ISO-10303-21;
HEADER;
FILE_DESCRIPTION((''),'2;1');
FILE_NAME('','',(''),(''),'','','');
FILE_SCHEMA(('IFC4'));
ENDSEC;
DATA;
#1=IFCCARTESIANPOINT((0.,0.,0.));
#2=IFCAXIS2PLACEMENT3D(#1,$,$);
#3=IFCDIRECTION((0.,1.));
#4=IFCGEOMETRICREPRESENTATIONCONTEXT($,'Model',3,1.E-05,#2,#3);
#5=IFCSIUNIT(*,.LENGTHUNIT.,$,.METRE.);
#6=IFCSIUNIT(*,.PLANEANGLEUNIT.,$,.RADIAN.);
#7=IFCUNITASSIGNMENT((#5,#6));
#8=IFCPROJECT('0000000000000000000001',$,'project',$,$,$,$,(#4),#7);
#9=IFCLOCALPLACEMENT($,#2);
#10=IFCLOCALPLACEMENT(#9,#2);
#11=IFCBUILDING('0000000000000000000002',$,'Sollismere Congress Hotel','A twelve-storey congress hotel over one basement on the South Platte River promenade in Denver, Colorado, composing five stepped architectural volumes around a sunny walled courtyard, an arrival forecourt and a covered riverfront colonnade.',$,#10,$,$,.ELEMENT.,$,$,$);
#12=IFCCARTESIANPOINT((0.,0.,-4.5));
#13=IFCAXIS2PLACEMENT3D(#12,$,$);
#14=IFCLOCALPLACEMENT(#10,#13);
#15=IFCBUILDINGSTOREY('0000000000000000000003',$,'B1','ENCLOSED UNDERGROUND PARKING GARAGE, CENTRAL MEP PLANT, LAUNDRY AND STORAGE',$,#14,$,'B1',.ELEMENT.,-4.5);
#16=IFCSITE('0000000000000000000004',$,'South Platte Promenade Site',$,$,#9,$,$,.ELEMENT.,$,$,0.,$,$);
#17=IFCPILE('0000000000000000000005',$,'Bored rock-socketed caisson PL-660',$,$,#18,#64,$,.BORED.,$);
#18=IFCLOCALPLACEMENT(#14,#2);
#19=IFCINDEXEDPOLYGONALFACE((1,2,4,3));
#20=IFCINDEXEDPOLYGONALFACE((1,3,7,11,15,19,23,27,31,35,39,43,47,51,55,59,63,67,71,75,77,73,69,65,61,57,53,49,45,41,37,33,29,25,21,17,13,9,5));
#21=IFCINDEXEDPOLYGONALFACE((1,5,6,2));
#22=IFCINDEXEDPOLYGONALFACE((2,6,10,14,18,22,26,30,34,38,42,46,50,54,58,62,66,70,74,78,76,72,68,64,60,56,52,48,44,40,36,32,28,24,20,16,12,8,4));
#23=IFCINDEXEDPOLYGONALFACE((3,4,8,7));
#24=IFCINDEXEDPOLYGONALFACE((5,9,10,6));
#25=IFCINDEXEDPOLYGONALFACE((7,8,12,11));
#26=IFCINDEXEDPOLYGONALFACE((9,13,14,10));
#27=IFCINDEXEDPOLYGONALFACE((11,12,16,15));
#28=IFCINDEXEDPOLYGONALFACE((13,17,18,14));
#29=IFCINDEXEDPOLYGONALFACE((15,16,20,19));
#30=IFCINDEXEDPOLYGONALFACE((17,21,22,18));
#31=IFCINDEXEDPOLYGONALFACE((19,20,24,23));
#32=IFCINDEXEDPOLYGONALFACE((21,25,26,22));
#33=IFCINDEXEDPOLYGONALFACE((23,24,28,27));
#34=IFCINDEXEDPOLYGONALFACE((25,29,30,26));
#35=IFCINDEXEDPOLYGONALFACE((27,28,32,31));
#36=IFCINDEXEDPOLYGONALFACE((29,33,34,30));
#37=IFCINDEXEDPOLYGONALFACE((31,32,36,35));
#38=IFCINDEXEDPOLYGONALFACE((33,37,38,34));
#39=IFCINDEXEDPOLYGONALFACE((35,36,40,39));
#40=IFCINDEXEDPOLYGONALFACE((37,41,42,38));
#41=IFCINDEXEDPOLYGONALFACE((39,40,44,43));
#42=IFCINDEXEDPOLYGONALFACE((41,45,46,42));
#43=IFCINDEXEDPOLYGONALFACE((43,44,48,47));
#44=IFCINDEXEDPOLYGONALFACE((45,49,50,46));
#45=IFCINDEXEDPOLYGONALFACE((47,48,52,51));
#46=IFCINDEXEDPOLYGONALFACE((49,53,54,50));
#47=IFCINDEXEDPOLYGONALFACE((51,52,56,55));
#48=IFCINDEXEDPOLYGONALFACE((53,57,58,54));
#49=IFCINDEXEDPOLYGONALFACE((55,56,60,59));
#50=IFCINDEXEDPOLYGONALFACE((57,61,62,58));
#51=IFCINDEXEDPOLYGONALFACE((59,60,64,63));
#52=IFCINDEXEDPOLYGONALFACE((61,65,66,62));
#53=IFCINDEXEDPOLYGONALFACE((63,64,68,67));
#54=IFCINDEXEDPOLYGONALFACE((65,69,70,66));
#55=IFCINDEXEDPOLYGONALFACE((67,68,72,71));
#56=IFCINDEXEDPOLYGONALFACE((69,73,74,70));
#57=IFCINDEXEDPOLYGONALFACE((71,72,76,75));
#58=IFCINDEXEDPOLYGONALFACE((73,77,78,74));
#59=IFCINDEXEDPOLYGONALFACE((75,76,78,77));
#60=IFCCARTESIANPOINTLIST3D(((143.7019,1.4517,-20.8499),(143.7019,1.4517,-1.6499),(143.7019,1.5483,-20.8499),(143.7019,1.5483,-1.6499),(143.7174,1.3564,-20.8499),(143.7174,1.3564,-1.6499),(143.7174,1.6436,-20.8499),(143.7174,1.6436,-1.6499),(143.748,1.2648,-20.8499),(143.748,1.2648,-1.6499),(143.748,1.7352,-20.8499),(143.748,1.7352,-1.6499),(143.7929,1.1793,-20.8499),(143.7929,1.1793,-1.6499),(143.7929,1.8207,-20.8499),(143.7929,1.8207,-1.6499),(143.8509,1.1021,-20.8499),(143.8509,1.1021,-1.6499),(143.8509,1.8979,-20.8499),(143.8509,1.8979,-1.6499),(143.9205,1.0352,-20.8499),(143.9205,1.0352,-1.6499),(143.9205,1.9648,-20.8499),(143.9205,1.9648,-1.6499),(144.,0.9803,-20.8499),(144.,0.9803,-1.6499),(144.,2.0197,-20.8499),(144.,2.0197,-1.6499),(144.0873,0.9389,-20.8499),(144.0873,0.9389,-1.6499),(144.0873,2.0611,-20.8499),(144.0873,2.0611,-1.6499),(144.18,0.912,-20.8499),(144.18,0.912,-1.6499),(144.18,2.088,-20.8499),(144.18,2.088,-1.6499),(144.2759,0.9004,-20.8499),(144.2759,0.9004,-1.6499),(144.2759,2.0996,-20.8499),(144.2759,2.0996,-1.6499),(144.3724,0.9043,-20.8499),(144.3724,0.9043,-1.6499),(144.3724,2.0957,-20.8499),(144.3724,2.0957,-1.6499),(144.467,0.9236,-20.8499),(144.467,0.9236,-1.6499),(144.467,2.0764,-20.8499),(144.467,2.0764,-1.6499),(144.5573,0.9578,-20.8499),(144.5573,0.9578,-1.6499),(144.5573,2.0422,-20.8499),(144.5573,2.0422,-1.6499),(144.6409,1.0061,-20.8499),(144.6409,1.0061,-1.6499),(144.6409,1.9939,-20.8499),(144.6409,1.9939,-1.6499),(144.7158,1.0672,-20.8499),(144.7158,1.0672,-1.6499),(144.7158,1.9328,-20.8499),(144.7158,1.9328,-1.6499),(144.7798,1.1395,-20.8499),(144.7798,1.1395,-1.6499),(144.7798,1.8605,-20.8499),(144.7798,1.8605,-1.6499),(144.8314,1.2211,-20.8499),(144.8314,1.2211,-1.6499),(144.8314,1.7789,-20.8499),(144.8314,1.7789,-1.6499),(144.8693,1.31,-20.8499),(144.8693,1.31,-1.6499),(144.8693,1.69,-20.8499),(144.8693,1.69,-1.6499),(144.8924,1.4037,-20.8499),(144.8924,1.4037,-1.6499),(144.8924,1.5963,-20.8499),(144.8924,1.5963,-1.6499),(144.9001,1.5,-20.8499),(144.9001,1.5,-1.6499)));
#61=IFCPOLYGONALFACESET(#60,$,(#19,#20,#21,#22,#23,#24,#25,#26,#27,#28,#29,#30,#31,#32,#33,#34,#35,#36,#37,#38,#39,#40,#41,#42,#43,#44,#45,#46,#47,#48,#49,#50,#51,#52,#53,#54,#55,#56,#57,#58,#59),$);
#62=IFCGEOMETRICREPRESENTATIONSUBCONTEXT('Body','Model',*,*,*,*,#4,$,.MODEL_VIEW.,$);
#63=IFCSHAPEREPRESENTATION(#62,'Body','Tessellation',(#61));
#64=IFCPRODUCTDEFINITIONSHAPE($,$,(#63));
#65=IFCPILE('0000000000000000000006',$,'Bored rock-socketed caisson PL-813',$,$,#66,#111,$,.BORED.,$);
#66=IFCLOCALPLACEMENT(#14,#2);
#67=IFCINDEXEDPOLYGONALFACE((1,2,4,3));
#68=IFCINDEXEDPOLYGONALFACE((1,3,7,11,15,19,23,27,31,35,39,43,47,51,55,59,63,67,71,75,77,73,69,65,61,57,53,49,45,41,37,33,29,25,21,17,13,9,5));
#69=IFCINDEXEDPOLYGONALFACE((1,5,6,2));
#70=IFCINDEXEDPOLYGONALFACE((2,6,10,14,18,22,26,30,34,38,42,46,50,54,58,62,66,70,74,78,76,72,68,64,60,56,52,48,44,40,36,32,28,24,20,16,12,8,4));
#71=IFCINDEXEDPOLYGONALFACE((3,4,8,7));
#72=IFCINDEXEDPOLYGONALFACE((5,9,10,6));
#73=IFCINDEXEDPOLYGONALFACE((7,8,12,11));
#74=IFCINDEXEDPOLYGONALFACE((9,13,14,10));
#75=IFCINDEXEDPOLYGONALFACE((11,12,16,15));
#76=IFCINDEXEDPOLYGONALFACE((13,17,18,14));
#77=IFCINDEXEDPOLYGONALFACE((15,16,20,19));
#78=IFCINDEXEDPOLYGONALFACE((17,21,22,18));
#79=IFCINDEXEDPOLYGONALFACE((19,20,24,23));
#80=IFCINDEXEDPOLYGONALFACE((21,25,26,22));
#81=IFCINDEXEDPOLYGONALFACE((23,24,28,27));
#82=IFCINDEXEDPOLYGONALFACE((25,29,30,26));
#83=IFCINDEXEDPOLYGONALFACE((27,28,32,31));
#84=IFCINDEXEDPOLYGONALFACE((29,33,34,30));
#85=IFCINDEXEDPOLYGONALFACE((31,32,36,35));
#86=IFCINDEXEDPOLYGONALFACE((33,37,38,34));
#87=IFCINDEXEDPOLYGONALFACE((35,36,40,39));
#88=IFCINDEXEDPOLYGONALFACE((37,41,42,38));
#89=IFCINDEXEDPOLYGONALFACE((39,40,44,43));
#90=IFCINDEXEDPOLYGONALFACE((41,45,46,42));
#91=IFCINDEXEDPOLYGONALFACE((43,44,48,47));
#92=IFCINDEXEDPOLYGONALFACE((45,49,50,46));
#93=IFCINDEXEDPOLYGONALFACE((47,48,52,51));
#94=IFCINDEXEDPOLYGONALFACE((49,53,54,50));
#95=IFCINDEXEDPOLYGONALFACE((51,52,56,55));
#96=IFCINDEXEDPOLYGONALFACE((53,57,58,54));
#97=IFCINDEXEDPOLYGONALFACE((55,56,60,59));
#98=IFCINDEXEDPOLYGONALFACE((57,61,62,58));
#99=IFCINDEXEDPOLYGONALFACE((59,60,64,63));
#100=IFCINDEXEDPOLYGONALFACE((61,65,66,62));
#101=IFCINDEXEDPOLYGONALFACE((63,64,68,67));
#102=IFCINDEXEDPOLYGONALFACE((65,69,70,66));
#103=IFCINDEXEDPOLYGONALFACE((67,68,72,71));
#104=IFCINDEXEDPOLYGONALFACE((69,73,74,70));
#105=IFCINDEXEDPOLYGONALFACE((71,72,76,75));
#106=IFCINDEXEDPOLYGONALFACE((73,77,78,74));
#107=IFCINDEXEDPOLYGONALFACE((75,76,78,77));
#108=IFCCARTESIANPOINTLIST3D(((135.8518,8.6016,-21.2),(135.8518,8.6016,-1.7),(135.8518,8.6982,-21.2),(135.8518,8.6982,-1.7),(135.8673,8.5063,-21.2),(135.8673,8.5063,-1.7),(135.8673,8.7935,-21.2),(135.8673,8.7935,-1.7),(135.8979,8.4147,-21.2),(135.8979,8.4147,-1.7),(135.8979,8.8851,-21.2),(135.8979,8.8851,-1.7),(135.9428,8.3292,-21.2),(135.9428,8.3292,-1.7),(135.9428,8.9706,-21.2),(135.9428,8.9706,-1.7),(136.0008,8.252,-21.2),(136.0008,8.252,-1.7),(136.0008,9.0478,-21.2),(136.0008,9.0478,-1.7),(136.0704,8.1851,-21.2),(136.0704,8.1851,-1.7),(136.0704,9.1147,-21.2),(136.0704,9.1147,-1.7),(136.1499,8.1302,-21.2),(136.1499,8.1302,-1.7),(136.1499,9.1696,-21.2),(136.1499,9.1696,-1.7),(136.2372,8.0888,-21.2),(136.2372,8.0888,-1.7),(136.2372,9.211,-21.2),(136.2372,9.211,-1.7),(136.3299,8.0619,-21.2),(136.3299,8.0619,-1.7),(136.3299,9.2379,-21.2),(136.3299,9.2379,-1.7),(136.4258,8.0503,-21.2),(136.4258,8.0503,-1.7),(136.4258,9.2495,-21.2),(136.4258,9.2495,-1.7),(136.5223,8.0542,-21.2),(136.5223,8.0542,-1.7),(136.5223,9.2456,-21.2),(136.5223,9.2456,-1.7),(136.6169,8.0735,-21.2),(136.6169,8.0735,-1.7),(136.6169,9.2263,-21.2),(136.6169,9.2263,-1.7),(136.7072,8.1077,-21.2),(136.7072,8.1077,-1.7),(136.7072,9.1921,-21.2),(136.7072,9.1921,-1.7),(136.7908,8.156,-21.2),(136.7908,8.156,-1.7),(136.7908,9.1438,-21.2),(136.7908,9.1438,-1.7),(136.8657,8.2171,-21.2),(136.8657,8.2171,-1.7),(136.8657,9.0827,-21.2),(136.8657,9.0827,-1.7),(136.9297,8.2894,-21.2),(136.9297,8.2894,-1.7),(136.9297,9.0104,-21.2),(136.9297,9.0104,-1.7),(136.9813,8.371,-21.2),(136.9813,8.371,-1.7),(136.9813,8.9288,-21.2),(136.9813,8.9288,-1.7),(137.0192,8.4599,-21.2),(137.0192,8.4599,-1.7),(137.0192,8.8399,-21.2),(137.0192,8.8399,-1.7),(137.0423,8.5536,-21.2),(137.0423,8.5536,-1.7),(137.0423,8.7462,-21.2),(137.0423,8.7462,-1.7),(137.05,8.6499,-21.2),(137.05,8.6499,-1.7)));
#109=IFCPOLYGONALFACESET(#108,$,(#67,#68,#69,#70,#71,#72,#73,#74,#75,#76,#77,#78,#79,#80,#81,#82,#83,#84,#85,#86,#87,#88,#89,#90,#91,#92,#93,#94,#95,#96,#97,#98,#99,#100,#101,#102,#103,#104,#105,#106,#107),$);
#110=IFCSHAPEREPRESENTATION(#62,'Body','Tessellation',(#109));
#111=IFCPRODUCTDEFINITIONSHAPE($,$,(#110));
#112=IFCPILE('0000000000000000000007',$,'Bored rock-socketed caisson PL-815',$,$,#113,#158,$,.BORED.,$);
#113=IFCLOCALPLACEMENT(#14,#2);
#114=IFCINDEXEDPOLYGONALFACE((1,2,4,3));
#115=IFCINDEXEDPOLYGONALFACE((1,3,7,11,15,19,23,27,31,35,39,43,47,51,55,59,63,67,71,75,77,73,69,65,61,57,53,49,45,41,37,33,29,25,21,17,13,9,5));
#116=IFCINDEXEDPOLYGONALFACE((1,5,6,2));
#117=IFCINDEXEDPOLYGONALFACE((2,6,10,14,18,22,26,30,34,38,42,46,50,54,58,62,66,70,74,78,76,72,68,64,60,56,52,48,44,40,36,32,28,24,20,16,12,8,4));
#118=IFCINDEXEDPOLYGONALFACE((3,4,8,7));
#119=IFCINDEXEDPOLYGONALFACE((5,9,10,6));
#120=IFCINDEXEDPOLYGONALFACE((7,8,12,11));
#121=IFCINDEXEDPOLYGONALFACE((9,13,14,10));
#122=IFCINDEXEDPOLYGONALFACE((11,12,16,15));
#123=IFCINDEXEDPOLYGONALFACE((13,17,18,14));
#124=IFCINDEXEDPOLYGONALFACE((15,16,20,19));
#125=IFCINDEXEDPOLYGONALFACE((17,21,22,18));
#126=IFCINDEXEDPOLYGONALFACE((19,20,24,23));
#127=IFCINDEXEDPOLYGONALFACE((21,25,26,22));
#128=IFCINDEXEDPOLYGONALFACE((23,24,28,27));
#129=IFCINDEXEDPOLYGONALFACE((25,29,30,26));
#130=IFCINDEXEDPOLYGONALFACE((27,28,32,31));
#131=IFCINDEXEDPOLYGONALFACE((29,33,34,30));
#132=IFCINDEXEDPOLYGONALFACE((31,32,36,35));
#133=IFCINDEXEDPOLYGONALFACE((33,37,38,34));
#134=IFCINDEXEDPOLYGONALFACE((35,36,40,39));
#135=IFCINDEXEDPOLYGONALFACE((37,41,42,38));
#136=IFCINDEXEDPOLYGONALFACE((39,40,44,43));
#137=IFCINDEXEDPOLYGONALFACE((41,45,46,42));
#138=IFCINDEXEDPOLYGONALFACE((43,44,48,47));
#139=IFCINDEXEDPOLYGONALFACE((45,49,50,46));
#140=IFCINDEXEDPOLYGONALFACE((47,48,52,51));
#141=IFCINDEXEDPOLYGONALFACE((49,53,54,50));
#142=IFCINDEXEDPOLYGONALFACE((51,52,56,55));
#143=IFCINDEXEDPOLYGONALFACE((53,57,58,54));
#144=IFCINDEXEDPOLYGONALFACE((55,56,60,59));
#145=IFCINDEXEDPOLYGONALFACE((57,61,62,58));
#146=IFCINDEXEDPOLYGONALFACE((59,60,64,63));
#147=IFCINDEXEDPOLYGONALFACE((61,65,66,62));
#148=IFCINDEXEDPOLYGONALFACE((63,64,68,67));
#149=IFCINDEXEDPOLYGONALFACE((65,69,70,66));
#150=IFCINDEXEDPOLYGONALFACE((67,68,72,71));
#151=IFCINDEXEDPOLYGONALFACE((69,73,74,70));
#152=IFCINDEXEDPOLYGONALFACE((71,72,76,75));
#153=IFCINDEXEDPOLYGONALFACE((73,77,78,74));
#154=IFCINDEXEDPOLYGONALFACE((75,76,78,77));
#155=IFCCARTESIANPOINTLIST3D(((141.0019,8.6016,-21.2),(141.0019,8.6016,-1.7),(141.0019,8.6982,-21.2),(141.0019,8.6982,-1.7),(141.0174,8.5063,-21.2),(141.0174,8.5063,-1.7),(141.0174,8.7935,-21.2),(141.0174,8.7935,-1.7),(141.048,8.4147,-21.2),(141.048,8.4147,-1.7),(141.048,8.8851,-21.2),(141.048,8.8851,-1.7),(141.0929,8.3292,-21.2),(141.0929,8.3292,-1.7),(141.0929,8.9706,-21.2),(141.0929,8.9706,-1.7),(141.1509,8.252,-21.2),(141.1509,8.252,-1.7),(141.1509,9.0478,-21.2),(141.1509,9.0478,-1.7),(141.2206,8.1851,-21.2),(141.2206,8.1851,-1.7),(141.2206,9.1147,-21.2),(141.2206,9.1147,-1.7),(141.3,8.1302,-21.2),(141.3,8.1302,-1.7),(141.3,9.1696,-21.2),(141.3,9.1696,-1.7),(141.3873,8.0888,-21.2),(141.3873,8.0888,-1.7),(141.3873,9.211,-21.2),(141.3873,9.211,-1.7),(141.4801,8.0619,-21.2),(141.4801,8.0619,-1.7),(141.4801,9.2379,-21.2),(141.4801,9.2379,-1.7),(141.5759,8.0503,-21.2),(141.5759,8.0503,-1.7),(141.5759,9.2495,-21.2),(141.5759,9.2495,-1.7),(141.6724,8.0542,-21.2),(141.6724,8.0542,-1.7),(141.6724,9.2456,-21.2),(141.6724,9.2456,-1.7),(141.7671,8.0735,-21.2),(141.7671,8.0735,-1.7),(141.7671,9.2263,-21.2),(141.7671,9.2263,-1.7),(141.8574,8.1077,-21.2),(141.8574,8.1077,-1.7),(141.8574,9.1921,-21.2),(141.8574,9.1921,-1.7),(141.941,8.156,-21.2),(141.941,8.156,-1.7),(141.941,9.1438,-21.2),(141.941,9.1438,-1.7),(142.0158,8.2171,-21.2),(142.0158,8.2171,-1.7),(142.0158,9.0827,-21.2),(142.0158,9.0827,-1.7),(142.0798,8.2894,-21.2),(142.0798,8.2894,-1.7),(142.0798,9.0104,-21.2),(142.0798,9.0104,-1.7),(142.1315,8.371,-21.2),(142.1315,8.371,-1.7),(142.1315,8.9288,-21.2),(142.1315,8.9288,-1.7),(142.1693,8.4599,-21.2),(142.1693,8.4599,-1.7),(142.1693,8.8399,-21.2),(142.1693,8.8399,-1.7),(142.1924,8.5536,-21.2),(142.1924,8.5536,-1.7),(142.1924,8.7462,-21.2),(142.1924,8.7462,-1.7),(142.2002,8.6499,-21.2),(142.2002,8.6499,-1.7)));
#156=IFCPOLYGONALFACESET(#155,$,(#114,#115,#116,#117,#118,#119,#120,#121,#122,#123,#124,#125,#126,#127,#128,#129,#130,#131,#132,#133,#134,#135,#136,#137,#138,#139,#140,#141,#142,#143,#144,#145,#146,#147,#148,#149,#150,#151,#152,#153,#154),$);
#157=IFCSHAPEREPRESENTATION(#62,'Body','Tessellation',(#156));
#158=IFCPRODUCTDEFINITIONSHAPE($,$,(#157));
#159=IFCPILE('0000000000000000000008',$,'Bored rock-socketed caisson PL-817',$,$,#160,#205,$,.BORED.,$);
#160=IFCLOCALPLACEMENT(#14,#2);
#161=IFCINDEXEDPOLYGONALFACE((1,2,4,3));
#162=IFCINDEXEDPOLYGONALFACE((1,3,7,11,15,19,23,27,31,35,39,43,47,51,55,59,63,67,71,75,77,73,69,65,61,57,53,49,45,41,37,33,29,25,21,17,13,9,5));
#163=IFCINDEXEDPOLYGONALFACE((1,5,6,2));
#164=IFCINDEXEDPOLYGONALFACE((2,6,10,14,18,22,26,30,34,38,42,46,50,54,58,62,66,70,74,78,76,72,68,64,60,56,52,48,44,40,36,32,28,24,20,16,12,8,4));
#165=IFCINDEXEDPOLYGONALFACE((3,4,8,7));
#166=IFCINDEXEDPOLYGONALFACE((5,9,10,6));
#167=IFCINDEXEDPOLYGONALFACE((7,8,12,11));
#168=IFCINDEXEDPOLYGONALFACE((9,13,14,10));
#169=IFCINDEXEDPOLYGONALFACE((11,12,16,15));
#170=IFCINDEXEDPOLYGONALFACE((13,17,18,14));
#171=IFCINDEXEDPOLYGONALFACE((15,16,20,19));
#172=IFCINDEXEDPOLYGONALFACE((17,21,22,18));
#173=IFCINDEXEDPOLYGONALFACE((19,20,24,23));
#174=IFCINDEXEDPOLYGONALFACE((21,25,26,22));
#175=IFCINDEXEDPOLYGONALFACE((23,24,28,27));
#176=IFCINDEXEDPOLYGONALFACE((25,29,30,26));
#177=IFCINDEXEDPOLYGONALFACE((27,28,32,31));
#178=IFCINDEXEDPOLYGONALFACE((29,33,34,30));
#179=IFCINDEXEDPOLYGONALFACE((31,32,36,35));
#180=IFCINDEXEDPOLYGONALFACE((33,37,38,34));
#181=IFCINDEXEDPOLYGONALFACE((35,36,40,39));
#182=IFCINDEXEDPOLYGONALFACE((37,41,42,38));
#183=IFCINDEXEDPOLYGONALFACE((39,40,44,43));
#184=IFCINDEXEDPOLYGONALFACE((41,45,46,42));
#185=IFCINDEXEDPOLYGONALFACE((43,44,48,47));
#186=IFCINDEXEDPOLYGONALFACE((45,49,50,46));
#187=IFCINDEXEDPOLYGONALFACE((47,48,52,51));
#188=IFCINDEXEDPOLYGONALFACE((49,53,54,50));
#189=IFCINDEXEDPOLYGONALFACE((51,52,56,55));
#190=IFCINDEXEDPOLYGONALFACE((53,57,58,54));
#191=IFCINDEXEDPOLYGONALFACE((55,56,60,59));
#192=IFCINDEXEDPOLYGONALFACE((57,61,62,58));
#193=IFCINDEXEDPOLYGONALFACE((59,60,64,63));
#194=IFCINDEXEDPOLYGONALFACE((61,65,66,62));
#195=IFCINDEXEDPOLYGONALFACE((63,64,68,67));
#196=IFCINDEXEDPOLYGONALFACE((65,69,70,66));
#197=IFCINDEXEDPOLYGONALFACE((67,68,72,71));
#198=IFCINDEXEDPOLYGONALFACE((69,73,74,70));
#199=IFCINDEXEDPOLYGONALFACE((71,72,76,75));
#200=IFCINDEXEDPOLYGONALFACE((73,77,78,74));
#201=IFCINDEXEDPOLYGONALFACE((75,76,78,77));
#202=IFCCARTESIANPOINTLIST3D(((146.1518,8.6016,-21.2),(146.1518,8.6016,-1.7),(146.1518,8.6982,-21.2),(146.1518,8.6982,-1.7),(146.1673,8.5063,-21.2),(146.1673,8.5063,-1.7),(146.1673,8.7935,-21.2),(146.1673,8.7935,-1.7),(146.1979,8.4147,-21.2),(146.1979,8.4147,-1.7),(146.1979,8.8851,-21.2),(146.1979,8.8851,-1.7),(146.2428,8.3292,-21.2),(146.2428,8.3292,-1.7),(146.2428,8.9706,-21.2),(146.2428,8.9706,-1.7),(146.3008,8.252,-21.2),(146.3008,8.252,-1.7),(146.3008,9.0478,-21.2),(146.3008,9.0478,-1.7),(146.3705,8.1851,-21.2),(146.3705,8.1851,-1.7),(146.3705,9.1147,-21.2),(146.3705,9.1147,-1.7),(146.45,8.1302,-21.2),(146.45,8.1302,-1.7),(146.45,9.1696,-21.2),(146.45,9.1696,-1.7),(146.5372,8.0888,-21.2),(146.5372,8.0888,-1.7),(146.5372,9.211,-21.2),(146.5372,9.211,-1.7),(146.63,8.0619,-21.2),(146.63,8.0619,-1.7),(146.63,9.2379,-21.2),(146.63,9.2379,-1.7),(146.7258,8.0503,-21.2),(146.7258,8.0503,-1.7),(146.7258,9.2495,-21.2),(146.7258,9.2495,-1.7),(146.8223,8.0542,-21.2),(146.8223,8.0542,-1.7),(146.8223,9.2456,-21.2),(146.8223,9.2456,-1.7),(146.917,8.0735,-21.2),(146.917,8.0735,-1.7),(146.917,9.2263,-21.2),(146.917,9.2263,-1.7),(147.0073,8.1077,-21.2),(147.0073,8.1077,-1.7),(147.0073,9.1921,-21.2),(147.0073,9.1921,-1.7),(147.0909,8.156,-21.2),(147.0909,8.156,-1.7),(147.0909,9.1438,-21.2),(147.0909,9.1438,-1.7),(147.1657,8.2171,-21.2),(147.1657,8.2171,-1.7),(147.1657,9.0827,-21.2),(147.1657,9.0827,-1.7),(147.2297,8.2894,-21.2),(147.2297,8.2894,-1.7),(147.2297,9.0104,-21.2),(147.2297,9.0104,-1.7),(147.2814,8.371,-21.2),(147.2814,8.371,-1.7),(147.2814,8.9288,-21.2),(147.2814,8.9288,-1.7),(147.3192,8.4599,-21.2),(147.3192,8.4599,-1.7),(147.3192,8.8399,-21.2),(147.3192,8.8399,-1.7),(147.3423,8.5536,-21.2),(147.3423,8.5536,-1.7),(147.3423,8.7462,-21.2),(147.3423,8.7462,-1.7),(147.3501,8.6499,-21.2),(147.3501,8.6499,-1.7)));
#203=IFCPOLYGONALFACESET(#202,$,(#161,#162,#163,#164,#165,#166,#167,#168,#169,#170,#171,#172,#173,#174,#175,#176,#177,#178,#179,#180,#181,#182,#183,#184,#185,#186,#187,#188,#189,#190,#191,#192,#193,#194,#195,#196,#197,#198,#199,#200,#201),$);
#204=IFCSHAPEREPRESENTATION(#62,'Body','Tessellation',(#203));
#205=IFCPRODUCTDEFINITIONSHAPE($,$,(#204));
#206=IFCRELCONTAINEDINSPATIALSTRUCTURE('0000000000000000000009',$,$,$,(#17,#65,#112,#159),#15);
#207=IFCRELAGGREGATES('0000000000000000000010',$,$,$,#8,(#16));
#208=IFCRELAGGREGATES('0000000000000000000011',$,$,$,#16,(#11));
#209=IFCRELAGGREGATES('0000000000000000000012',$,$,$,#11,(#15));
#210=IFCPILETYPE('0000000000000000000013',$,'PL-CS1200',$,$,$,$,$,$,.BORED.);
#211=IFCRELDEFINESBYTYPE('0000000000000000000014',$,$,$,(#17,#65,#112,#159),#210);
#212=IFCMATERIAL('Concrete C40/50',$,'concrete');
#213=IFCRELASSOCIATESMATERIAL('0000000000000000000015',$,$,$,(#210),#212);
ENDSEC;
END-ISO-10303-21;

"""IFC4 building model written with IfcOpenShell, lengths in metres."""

from ifc_helpers import new_model, si_unit, direction, frame, origin, origin_2d, place, context, subcontext, project, spatial, circle, extrude, material, material_profile, profile_set, type_object, element, save


model = new_model("IFC4")

# Units and contexts
model_context = context("Model", 3, precision=1e-05, world=origin(), true_north=direction((0.0, 1.0)))
body_context = subcontext(model_context, "Body", "Model", "MODEL_VIEW")
ifc_project = project(units=[si_unit("LENGTHUNIT", "METRE"), si_unit("PLANEANGLEUNIT", "RADIAN")], contexts=[model_context])

# Site, building, storey
site_placement = place(None, origin())
site = spatial("IfcSite", under=ifc_project, at=site_placement, Name="South Platte Promenade Site", CompositionType="ELEMENT", RefElevation=0.0)
building_placement = place(site_placement, origin())
building = spatial("IfcBuilding", under=site, at=building_placement, Name="Sollismere Congress Hotel", Description="A twelve-storey congress hotel over one basement on the South Platte River promenade in Denver, Colorado, composing five stepped architectural volumes around a sunny walled courtyard, an arrival forecourt and a covered riverfront colonnade.", CompositionType="ELEMENT")
storey_placement = place(building_placement, frame((0.0, 0.0, -4.5)))
storey = spatial("IfcBuildingStorey", under=building, at=storey_placement, Name="B1", Description="ENCLOSED UNDERGROUND PARKING GARAGE, CENTRAL MEP PLANT, LAUNDRY AND STORAGE", LongName="B1", CompositionType="ELEMENT", Elevation=-4.5)

# Shared definitions
ifc_material_1 = material(Name="Concrete C40/50", Category="concrete")

# Piles
ifc_material_profile_1 = material_profile(ifc_material_1, circle(Radius=0.6001, at=origin_2d()), Name="CAISSON1200")
ifc_profile_set_1 = profile_set([ifc_material_profile_1], Name="Concrete C40/50")
pile_type = type_object("IfcPileType", Name="PL-CS1200", PredefinedType="BORED", material=ifc_profile_set_1)
for number, where, z_axis, x_axis, name in (
    (1, (144.3, 1.5, -1.6499), (0.0, 0.0, -1.0), (1.0, 0.0, 0.0), "Bored rock-socketed caisson PL-660"),
):
    element("IfcPile", number, at=place(storey_placement, frame(where, z_axis=z_axis, x_axis=x_axis)), inside=storey, type_object=pile_type, Name=name, PredefinedType="BORED", context=body_context, shape_type="SweptSolid", body=[
        extrude(circle(Radius=0.6001, at=origin_2d()), origin(), (0.0, 0.0, 1.0), 19.2),
    ])
for number, where, z_axis, x_axis, name in (
    (2, (136.45, 8.6499, -1.7), (0.0, 0.0, -1.0), (1.0, 0.0, 0.0), "Bored rock-socketed caisson PL-813"),
    (3, (141.6001, 8.6499, -1.7), (0.0, 0.0, -1.0), (1.0, 0.0, 0.0), "Bored rock-socketed caisson PL-815"),
    (4, (146.75, 8.6499, -1.7), (0.0, 0.0, -1.0), (1.0, 0.0, 0.0), "Bored rock-socketed caisson PL-817"),
):
    element("IfcPile", number, at=place(storey_placement, frame(where, z_axis=z_axis, x_axis=x_axis)), inside=storey, type_object=pile_type, Name=name, PredefinedType="BORED", context=body_context, shape_type="SweptSolid", body=[
        extrude(circle(Radius=0.6001, at=origin_2d()), origin(), (0.0, 0.0, 1.0), 19.5),
    ])

save(model, "model.ifc")
